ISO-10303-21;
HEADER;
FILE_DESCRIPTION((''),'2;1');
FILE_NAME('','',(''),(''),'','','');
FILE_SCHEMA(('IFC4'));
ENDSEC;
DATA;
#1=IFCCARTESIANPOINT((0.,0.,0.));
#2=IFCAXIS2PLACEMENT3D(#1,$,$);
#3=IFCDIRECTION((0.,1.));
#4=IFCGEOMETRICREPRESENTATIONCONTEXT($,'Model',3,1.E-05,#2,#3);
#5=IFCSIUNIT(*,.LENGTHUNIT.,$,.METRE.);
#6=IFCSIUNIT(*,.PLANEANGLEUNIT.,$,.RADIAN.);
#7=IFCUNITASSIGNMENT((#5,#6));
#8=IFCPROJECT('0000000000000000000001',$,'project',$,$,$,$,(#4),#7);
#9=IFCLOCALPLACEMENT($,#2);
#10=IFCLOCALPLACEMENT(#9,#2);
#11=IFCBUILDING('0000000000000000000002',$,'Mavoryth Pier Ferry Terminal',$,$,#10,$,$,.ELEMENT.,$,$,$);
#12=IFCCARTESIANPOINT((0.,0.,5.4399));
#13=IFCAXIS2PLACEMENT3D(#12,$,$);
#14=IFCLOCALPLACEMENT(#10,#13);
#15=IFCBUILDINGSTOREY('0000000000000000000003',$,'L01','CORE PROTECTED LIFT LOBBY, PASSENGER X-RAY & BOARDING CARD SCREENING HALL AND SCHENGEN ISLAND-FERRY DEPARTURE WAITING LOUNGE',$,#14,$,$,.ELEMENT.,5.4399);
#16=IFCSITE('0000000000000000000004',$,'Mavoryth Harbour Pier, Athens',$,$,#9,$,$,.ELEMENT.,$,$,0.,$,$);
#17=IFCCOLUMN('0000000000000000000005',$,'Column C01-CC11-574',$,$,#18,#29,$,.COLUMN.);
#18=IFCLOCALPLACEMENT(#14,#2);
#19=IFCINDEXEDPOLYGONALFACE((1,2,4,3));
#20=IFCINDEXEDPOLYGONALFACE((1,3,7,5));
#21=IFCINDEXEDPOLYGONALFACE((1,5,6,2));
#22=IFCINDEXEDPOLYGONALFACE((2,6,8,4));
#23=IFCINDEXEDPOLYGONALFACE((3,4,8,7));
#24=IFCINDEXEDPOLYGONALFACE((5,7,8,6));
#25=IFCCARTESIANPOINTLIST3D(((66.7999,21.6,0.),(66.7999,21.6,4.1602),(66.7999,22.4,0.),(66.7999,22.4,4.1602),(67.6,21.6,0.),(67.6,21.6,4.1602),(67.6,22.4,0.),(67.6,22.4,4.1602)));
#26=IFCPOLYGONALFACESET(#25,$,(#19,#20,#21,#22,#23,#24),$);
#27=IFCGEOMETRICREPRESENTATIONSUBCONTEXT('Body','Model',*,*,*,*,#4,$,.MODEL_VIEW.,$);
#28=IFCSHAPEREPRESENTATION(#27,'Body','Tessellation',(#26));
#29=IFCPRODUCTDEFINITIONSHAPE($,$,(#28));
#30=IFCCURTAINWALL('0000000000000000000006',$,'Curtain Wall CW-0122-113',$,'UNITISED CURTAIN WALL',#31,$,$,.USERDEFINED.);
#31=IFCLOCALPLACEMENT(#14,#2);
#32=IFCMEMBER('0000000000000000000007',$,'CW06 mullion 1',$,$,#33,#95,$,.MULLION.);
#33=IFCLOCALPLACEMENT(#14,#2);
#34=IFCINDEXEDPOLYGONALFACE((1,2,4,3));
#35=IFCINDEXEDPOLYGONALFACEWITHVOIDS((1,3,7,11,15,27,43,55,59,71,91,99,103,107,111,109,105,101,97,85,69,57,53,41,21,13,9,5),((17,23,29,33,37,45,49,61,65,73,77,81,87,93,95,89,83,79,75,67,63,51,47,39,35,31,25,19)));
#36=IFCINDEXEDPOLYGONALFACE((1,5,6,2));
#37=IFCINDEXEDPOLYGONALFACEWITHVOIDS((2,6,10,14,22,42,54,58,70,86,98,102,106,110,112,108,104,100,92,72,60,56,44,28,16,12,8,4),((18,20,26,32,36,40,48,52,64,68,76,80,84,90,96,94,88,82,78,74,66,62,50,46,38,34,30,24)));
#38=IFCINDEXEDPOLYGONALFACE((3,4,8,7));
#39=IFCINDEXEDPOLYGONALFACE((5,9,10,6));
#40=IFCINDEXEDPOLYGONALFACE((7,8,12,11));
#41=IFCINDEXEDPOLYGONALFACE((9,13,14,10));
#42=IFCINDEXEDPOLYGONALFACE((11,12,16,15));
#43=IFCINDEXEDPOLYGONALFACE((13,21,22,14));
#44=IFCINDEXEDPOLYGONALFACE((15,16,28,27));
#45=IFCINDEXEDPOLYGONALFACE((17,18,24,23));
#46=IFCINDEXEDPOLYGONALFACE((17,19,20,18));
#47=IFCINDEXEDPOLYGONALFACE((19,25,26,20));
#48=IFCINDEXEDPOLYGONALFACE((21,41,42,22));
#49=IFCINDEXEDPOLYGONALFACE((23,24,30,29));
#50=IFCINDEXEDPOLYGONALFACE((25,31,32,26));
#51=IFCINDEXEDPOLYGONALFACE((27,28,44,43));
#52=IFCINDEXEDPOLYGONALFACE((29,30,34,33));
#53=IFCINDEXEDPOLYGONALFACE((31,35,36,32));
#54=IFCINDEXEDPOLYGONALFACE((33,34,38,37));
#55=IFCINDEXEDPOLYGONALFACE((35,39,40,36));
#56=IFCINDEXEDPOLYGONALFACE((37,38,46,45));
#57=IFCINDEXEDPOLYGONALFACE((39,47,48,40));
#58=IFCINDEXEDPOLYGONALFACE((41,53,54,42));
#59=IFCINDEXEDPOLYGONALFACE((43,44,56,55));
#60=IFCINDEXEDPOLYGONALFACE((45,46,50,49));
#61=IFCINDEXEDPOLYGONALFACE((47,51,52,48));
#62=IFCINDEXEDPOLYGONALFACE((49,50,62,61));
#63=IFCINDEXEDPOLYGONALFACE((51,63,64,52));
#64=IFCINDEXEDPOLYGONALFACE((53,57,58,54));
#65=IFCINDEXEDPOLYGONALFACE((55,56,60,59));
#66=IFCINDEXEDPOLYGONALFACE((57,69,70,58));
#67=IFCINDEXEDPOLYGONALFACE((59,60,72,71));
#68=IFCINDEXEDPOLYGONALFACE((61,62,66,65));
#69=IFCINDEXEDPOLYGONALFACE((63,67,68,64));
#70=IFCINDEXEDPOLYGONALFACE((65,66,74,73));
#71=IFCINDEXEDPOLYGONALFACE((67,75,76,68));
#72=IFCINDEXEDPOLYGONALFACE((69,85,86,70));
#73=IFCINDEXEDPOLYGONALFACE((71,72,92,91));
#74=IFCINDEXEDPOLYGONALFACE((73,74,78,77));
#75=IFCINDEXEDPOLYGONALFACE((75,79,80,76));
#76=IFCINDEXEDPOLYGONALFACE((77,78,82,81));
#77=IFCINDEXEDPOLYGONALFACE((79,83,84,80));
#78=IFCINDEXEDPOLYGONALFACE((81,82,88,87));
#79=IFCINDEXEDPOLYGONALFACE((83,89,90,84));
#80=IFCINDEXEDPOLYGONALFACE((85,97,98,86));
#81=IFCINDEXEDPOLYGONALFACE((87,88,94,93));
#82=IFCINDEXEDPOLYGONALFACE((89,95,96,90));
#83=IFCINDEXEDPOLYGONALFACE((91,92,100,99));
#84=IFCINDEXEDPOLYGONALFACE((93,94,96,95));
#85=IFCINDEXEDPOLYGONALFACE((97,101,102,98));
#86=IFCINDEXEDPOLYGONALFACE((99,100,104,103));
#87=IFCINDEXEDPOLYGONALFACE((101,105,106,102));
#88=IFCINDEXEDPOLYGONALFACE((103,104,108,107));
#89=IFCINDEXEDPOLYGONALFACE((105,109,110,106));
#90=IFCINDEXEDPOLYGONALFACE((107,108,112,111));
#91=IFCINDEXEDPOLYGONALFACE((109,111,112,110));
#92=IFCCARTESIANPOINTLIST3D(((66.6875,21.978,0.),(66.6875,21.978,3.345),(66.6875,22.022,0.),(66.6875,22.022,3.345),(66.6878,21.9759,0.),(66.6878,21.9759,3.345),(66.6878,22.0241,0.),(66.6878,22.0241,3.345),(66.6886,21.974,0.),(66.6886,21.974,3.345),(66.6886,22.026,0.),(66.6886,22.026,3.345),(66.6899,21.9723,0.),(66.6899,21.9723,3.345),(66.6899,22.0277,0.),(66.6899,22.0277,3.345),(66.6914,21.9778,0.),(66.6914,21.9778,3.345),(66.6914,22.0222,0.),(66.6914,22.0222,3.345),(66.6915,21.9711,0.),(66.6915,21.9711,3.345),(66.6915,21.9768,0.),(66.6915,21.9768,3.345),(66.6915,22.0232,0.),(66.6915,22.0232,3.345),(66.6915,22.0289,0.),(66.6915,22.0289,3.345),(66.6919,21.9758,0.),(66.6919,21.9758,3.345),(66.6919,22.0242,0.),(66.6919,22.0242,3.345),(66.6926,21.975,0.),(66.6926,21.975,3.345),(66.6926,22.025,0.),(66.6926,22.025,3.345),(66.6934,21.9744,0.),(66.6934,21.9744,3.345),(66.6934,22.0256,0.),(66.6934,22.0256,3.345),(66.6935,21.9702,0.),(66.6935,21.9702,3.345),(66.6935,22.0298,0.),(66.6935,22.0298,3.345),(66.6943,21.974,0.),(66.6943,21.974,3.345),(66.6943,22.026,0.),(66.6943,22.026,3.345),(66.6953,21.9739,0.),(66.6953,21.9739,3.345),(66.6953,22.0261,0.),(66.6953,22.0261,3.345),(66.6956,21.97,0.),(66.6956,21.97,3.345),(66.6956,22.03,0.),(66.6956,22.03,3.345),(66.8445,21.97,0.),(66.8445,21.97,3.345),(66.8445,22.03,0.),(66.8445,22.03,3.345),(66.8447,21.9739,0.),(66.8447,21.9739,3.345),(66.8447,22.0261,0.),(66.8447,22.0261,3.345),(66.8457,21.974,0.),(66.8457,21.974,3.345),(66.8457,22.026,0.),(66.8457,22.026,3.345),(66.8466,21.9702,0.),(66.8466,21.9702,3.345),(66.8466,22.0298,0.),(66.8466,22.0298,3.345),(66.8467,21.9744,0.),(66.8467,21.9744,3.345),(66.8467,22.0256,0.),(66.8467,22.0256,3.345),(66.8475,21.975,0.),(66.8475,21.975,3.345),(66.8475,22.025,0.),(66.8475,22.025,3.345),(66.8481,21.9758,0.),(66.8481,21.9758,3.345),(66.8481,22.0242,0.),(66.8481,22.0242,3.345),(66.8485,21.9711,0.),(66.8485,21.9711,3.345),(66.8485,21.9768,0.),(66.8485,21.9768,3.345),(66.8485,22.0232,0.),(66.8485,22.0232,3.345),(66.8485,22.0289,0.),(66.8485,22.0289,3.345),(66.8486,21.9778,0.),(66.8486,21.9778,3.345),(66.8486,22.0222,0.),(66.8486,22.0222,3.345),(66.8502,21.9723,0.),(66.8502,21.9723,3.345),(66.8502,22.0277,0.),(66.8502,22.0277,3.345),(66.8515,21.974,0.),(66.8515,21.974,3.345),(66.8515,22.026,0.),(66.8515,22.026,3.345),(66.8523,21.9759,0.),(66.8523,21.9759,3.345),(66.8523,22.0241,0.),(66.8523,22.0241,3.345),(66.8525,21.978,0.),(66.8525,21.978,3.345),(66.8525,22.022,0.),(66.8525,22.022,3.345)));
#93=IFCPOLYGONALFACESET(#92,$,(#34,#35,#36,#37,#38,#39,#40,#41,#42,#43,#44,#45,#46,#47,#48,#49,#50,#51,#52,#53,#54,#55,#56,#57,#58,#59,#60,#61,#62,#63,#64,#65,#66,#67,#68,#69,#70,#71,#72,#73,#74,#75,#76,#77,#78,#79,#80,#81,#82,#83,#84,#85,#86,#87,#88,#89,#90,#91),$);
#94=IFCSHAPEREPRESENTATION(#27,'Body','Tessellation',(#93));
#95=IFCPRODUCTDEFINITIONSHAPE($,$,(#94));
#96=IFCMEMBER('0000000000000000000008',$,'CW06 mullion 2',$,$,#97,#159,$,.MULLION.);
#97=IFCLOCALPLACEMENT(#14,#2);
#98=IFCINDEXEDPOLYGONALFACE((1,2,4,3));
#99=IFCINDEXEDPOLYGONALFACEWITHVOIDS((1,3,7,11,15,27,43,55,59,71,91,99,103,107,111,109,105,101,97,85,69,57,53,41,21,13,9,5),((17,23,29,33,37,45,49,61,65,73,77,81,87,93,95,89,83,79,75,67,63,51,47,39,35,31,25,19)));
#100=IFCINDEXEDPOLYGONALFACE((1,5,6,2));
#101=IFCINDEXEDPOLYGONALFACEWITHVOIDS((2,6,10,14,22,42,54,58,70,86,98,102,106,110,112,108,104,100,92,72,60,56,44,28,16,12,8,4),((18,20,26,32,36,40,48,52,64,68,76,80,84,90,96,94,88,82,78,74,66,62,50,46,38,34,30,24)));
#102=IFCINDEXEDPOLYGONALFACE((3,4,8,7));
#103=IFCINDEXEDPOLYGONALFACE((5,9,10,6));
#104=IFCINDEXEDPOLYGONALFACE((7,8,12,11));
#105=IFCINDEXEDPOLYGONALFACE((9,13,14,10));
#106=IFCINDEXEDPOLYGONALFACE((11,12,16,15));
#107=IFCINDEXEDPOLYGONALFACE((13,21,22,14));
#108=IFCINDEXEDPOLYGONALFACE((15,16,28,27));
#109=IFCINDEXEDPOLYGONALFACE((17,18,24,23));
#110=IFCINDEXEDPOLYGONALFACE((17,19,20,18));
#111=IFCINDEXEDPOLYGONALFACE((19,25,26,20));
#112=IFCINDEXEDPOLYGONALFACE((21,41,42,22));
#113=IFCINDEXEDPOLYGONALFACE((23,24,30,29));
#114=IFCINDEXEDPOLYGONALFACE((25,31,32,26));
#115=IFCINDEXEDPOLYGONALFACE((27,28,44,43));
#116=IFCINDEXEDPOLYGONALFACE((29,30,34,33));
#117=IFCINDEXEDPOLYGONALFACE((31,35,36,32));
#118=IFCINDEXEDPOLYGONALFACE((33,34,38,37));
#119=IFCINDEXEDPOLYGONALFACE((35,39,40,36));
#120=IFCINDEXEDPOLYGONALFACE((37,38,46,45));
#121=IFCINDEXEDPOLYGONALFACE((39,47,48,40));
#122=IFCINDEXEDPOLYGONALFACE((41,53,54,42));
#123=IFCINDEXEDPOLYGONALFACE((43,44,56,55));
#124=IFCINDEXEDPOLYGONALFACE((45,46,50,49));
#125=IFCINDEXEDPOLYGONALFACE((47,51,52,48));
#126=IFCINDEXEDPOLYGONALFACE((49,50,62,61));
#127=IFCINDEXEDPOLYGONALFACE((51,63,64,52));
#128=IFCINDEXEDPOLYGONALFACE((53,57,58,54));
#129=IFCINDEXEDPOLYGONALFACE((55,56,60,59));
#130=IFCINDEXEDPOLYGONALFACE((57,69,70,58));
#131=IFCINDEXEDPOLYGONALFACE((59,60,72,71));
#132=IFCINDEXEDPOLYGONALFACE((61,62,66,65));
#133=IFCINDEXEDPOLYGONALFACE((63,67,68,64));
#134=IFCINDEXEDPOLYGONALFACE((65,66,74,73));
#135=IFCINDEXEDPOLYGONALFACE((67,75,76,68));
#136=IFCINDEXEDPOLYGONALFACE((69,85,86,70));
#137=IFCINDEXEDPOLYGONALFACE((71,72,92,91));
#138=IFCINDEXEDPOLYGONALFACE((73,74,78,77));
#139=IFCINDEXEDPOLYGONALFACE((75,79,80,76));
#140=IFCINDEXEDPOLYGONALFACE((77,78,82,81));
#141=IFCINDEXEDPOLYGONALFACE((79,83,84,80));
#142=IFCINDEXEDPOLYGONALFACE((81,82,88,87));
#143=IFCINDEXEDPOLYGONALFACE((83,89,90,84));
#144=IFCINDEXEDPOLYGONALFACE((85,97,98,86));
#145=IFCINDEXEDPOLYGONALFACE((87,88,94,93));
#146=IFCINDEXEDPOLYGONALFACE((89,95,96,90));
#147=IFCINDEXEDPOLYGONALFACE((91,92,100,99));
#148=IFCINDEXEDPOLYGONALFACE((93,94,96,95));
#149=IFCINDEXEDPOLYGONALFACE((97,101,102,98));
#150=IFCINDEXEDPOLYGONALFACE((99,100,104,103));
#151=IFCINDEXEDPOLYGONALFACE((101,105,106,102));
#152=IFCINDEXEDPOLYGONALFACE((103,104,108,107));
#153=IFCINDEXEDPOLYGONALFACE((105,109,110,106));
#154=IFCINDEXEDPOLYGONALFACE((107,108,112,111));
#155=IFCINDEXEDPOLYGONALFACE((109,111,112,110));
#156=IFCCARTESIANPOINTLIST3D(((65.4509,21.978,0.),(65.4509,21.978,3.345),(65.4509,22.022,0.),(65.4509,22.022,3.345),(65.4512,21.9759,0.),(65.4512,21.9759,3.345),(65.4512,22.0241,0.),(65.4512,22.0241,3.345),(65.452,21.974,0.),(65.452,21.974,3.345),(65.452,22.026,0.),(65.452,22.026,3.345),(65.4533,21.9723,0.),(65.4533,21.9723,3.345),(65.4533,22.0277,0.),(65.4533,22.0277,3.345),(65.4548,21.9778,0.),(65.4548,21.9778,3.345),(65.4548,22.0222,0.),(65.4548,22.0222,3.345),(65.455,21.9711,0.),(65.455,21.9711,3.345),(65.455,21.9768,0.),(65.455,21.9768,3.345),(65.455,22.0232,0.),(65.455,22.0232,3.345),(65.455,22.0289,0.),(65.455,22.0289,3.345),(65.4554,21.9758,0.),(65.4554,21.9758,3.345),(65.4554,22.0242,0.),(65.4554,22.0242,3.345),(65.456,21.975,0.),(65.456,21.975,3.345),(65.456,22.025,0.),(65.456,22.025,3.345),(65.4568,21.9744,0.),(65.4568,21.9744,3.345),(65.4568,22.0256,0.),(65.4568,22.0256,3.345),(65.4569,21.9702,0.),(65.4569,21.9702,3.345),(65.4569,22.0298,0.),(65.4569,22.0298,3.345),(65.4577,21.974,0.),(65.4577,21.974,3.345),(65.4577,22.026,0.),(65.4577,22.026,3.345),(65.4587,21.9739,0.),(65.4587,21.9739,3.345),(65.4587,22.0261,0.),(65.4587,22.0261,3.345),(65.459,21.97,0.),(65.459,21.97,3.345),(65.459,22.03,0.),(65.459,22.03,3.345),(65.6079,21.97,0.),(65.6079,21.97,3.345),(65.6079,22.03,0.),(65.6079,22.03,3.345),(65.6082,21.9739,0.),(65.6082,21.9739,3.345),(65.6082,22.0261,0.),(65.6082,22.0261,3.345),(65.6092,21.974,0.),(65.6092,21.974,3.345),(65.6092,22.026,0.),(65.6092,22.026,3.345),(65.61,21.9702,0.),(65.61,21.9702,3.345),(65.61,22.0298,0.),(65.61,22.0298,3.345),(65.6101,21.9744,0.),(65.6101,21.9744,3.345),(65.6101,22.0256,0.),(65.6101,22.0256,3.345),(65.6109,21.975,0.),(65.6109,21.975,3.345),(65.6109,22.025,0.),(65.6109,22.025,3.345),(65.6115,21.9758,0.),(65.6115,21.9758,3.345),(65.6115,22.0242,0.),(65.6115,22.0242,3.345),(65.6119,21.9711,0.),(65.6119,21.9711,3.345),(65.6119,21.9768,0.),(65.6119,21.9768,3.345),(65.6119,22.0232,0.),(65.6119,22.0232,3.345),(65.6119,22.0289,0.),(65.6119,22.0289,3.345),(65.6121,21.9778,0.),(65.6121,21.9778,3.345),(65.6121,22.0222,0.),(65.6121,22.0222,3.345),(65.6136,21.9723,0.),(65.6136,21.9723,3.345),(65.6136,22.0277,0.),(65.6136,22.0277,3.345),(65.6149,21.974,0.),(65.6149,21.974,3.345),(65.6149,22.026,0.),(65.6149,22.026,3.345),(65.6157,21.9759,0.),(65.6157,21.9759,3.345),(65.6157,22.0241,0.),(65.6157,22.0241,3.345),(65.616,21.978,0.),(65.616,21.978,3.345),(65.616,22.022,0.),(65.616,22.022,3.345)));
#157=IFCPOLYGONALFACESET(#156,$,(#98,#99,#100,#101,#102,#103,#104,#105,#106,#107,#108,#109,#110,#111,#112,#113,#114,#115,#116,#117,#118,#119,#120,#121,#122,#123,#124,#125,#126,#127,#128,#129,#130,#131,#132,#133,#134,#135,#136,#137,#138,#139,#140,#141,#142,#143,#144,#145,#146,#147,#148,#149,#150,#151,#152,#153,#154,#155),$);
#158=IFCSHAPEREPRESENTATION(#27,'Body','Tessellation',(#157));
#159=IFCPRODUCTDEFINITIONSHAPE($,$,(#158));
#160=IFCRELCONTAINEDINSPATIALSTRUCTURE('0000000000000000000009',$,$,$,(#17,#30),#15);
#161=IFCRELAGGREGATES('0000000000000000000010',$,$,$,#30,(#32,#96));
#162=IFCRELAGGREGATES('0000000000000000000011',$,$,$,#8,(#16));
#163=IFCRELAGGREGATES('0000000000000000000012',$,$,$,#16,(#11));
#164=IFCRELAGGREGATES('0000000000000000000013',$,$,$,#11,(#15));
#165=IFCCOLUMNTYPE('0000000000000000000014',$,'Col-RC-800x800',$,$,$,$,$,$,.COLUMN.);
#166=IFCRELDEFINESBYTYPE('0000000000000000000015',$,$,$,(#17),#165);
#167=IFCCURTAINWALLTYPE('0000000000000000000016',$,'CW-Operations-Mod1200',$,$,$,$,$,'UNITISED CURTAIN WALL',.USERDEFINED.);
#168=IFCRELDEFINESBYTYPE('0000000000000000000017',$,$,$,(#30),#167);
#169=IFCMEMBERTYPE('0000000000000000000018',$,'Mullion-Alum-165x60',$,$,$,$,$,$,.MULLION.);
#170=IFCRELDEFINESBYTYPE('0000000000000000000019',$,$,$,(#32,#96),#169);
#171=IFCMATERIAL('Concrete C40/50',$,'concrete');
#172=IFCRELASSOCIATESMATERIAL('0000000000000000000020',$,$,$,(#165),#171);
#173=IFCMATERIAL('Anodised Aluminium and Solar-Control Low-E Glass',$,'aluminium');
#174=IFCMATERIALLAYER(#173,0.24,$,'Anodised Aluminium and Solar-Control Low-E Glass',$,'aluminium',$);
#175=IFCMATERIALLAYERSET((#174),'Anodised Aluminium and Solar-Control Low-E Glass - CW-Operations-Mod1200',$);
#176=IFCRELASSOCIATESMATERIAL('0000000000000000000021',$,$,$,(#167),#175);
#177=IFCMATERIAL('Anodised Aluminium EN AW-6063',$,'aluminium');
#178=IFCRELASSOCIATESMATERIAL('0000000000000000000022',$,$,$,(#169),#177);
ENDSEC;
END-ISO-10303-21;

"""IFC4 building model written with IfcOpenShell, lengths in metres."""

from ifc_helpers import new_model, si_unit, direction, frame, origin, origin_2d, place, context, subcontext, project, spatial, rectangle, hollow_rectangle, extrude, material, layer, layer_set, material_profile, profile_set, type_object, element, aggregate, save


model = new_model("IFC4")

# Units and contexts
model_context = context("Model", 3, precision=1e-05, world=origin(), true_north=direction((0.0, 1.0)))
body_context = subcontext(model_context, "Body", "Model", "MODEL_VIEW")
ifc_project = project(units=[si_unit("LENGTHUNIT", "METRE"), si_unit("PLANEANGLEUNIT", "RADIAN")], contexts=[model_context])

# Site, building, storey
site_placement = place(None, origin())
site = spatial("IfcSite", under=ifc_project, at=site_placement, Name="Mavoryth Harbour Pier, Athens", CompositionType="ELEMENT", RefElevation=0.0)
building_placement = place(site_placement, origin())
building = spatial("IfcBuilding", under=site, at=building_placement, Name="Mavoryth Pier Ferry Terminal", CompositionType="ELEMENT")
storey_placement = place(building_placement, frame((0.0, 0.0, 5.4399)))
storey = spatial("IfcBuildingStorey", under=building, at=storey_placement, Name="L01", Description="CORE PROTECTED LIFT LOBBY, PASSENGER X-RAY & BOARDING CARD SCREENING HALL AND SCHENGEN ISLAND-FERRY DEPARTURE WAITING LOUNGE", CompositionType="ELEMENT", Elevation=5.4399)

# Column
ifc_material_1 = material(Name="Concrete C40/50", Category="concrete")
ifc_material_profile_1 = material_profile(ifc_material_1, rectangle(XDim=0.8, YDim=0.8, at=origin_2d()), Name="RC 800x800", Category="concrete")
ifc_profile_set_1 = profile_set([ifc_material_profile_1], Name="Concrete C40/50 - RC 800x800")
column_type = type_object("IfcColumnType", Name="Col-RC-800x800", PredefinedType="COLUMN", material=ifc_profile_set_1)
column_placement = place(storey_placement, frame((67.2, 22.0, 0.0), z_axis=(0.0, 0.0, 1.0), x_axis=(1.0, 0.0, 0.0)))
element("IfcColumn", 1, at=column_placement, inside=storey, type_object=column_type, Name="Column C01-CC11-574", PredefinedType="COLUMN", context=body_context, shape_type="SweptSolid", body=[
    extrude(rectangle(XDim=0.8, YDim=0.8, at=origin_2d()), origin(), (0.0, 0.0, 1.0), 4.1602),
])

# Curtain wall, members
ifc_material_2 = material(Name="Anodised Aluminium and Solar-Control Low-E Glass", Category="aluminium")
ifc_layer_1 = layer(ifc_material_2, 0.24, Name="Anodised Aluminium and Solar-Control Low-E Glass", Category="aluminium")
ifc_layer_set_1 = layer_set([ifc_layer_1], Name="Anodised Aluminium and Solar-Control Low-E Glass - CW-Operations-Mod1200")
curtain_wall_type = type_object("IfcCurtainWallType", Name="CW-Operations-Mod1200", ElementType="UNITISED CURTAIN WALL", PredefinedType="USERDEFINED", material=ifc_layer_set_1)
curtain_wall_1_placement = place(storey_placement, origin())
curtain_wall_1 = element("IfcCurtainWall", 2, at=curtain_wall_1_placement, inside=storey, type_object=curtain_wall_type, Name="Curtain Wall CW-0122-113", ObjectType="UNITISED CURTAIN WALL", PredefinedType="USERDEFINED")
ifc_material_3 = material(Name="Anodised Aluminium EN AW-6063", Category="aluminium")
ifc_material_profile_2 = material_profile(ifc_material_3, hollow_rectangle(XDim=0.0601, YDim=0.165, WallThickness=0.0039, InnerFilletRadius=0.0039, OuterFilletRadius=0.0081, at=origin_2d()), Name="AL-MULL 165x60x4", Category="aluminium")
ifc_profile_set_2 = profile_set([ifc_material_profile_2], Name="Anodised Aluminium EN AW-6063 - AL-MULL 165x60x4")
member_type_1 = type_object("IfcMemberType", Name="Mullion-Alum-165x60", PredefinedType="MULLION", material=ifc_profile_set_2)
member_1_placement = place(storey_placement, frame((66.77, 22.0, 0.0), z_axis=(0.0, 0.0, 1.0), x_axis=(0.0, -1.0, 0.0)))
member_1 = element("IfcMember", 3, at=member_1_placement, type_object=member_type_1, Name="CW06 mullion 1", PredefinedType="MULLION", context=body_context, shape_type="SweptSolid", body=[
    extrude(hollow_rectangle(XDim=0.0601, YDim=0.165, WallThickness=0.0039, InnerFilletRadius=0.0039, OuterFilletRadius=0.0081, at=origin_2d()), origin(), (0.0, 0.0, 1.0), 3.345),
])
member_2_placement = place(storey_placement, frame((65.5334, 22.0, 0.0), z_axis=(0.0, 0.0, 1.0), x_axis=(0.0, -1.0, 0.0)))
member_2 = element("IfcMember", 4, at=member_2_placement, type_object=member_type_1, Name="CW06 mullion 2", PredefinedType="MULLION", context=body_context, shape_type="SweptSolid", body=[
    extrude(hollow_rectangle(XDim=0.0601, YDim=0.165, WallThickness=0.0039, InnerFilletRadius=0.0039, OuterFilletRadius=0.0081, at=origin_2d()), origin(), (0.0, 0.0, 1.0), 3.345),
])

aggregate(curtain_wall_1, [member_1, member_2])

save(model, "model.ifc")
